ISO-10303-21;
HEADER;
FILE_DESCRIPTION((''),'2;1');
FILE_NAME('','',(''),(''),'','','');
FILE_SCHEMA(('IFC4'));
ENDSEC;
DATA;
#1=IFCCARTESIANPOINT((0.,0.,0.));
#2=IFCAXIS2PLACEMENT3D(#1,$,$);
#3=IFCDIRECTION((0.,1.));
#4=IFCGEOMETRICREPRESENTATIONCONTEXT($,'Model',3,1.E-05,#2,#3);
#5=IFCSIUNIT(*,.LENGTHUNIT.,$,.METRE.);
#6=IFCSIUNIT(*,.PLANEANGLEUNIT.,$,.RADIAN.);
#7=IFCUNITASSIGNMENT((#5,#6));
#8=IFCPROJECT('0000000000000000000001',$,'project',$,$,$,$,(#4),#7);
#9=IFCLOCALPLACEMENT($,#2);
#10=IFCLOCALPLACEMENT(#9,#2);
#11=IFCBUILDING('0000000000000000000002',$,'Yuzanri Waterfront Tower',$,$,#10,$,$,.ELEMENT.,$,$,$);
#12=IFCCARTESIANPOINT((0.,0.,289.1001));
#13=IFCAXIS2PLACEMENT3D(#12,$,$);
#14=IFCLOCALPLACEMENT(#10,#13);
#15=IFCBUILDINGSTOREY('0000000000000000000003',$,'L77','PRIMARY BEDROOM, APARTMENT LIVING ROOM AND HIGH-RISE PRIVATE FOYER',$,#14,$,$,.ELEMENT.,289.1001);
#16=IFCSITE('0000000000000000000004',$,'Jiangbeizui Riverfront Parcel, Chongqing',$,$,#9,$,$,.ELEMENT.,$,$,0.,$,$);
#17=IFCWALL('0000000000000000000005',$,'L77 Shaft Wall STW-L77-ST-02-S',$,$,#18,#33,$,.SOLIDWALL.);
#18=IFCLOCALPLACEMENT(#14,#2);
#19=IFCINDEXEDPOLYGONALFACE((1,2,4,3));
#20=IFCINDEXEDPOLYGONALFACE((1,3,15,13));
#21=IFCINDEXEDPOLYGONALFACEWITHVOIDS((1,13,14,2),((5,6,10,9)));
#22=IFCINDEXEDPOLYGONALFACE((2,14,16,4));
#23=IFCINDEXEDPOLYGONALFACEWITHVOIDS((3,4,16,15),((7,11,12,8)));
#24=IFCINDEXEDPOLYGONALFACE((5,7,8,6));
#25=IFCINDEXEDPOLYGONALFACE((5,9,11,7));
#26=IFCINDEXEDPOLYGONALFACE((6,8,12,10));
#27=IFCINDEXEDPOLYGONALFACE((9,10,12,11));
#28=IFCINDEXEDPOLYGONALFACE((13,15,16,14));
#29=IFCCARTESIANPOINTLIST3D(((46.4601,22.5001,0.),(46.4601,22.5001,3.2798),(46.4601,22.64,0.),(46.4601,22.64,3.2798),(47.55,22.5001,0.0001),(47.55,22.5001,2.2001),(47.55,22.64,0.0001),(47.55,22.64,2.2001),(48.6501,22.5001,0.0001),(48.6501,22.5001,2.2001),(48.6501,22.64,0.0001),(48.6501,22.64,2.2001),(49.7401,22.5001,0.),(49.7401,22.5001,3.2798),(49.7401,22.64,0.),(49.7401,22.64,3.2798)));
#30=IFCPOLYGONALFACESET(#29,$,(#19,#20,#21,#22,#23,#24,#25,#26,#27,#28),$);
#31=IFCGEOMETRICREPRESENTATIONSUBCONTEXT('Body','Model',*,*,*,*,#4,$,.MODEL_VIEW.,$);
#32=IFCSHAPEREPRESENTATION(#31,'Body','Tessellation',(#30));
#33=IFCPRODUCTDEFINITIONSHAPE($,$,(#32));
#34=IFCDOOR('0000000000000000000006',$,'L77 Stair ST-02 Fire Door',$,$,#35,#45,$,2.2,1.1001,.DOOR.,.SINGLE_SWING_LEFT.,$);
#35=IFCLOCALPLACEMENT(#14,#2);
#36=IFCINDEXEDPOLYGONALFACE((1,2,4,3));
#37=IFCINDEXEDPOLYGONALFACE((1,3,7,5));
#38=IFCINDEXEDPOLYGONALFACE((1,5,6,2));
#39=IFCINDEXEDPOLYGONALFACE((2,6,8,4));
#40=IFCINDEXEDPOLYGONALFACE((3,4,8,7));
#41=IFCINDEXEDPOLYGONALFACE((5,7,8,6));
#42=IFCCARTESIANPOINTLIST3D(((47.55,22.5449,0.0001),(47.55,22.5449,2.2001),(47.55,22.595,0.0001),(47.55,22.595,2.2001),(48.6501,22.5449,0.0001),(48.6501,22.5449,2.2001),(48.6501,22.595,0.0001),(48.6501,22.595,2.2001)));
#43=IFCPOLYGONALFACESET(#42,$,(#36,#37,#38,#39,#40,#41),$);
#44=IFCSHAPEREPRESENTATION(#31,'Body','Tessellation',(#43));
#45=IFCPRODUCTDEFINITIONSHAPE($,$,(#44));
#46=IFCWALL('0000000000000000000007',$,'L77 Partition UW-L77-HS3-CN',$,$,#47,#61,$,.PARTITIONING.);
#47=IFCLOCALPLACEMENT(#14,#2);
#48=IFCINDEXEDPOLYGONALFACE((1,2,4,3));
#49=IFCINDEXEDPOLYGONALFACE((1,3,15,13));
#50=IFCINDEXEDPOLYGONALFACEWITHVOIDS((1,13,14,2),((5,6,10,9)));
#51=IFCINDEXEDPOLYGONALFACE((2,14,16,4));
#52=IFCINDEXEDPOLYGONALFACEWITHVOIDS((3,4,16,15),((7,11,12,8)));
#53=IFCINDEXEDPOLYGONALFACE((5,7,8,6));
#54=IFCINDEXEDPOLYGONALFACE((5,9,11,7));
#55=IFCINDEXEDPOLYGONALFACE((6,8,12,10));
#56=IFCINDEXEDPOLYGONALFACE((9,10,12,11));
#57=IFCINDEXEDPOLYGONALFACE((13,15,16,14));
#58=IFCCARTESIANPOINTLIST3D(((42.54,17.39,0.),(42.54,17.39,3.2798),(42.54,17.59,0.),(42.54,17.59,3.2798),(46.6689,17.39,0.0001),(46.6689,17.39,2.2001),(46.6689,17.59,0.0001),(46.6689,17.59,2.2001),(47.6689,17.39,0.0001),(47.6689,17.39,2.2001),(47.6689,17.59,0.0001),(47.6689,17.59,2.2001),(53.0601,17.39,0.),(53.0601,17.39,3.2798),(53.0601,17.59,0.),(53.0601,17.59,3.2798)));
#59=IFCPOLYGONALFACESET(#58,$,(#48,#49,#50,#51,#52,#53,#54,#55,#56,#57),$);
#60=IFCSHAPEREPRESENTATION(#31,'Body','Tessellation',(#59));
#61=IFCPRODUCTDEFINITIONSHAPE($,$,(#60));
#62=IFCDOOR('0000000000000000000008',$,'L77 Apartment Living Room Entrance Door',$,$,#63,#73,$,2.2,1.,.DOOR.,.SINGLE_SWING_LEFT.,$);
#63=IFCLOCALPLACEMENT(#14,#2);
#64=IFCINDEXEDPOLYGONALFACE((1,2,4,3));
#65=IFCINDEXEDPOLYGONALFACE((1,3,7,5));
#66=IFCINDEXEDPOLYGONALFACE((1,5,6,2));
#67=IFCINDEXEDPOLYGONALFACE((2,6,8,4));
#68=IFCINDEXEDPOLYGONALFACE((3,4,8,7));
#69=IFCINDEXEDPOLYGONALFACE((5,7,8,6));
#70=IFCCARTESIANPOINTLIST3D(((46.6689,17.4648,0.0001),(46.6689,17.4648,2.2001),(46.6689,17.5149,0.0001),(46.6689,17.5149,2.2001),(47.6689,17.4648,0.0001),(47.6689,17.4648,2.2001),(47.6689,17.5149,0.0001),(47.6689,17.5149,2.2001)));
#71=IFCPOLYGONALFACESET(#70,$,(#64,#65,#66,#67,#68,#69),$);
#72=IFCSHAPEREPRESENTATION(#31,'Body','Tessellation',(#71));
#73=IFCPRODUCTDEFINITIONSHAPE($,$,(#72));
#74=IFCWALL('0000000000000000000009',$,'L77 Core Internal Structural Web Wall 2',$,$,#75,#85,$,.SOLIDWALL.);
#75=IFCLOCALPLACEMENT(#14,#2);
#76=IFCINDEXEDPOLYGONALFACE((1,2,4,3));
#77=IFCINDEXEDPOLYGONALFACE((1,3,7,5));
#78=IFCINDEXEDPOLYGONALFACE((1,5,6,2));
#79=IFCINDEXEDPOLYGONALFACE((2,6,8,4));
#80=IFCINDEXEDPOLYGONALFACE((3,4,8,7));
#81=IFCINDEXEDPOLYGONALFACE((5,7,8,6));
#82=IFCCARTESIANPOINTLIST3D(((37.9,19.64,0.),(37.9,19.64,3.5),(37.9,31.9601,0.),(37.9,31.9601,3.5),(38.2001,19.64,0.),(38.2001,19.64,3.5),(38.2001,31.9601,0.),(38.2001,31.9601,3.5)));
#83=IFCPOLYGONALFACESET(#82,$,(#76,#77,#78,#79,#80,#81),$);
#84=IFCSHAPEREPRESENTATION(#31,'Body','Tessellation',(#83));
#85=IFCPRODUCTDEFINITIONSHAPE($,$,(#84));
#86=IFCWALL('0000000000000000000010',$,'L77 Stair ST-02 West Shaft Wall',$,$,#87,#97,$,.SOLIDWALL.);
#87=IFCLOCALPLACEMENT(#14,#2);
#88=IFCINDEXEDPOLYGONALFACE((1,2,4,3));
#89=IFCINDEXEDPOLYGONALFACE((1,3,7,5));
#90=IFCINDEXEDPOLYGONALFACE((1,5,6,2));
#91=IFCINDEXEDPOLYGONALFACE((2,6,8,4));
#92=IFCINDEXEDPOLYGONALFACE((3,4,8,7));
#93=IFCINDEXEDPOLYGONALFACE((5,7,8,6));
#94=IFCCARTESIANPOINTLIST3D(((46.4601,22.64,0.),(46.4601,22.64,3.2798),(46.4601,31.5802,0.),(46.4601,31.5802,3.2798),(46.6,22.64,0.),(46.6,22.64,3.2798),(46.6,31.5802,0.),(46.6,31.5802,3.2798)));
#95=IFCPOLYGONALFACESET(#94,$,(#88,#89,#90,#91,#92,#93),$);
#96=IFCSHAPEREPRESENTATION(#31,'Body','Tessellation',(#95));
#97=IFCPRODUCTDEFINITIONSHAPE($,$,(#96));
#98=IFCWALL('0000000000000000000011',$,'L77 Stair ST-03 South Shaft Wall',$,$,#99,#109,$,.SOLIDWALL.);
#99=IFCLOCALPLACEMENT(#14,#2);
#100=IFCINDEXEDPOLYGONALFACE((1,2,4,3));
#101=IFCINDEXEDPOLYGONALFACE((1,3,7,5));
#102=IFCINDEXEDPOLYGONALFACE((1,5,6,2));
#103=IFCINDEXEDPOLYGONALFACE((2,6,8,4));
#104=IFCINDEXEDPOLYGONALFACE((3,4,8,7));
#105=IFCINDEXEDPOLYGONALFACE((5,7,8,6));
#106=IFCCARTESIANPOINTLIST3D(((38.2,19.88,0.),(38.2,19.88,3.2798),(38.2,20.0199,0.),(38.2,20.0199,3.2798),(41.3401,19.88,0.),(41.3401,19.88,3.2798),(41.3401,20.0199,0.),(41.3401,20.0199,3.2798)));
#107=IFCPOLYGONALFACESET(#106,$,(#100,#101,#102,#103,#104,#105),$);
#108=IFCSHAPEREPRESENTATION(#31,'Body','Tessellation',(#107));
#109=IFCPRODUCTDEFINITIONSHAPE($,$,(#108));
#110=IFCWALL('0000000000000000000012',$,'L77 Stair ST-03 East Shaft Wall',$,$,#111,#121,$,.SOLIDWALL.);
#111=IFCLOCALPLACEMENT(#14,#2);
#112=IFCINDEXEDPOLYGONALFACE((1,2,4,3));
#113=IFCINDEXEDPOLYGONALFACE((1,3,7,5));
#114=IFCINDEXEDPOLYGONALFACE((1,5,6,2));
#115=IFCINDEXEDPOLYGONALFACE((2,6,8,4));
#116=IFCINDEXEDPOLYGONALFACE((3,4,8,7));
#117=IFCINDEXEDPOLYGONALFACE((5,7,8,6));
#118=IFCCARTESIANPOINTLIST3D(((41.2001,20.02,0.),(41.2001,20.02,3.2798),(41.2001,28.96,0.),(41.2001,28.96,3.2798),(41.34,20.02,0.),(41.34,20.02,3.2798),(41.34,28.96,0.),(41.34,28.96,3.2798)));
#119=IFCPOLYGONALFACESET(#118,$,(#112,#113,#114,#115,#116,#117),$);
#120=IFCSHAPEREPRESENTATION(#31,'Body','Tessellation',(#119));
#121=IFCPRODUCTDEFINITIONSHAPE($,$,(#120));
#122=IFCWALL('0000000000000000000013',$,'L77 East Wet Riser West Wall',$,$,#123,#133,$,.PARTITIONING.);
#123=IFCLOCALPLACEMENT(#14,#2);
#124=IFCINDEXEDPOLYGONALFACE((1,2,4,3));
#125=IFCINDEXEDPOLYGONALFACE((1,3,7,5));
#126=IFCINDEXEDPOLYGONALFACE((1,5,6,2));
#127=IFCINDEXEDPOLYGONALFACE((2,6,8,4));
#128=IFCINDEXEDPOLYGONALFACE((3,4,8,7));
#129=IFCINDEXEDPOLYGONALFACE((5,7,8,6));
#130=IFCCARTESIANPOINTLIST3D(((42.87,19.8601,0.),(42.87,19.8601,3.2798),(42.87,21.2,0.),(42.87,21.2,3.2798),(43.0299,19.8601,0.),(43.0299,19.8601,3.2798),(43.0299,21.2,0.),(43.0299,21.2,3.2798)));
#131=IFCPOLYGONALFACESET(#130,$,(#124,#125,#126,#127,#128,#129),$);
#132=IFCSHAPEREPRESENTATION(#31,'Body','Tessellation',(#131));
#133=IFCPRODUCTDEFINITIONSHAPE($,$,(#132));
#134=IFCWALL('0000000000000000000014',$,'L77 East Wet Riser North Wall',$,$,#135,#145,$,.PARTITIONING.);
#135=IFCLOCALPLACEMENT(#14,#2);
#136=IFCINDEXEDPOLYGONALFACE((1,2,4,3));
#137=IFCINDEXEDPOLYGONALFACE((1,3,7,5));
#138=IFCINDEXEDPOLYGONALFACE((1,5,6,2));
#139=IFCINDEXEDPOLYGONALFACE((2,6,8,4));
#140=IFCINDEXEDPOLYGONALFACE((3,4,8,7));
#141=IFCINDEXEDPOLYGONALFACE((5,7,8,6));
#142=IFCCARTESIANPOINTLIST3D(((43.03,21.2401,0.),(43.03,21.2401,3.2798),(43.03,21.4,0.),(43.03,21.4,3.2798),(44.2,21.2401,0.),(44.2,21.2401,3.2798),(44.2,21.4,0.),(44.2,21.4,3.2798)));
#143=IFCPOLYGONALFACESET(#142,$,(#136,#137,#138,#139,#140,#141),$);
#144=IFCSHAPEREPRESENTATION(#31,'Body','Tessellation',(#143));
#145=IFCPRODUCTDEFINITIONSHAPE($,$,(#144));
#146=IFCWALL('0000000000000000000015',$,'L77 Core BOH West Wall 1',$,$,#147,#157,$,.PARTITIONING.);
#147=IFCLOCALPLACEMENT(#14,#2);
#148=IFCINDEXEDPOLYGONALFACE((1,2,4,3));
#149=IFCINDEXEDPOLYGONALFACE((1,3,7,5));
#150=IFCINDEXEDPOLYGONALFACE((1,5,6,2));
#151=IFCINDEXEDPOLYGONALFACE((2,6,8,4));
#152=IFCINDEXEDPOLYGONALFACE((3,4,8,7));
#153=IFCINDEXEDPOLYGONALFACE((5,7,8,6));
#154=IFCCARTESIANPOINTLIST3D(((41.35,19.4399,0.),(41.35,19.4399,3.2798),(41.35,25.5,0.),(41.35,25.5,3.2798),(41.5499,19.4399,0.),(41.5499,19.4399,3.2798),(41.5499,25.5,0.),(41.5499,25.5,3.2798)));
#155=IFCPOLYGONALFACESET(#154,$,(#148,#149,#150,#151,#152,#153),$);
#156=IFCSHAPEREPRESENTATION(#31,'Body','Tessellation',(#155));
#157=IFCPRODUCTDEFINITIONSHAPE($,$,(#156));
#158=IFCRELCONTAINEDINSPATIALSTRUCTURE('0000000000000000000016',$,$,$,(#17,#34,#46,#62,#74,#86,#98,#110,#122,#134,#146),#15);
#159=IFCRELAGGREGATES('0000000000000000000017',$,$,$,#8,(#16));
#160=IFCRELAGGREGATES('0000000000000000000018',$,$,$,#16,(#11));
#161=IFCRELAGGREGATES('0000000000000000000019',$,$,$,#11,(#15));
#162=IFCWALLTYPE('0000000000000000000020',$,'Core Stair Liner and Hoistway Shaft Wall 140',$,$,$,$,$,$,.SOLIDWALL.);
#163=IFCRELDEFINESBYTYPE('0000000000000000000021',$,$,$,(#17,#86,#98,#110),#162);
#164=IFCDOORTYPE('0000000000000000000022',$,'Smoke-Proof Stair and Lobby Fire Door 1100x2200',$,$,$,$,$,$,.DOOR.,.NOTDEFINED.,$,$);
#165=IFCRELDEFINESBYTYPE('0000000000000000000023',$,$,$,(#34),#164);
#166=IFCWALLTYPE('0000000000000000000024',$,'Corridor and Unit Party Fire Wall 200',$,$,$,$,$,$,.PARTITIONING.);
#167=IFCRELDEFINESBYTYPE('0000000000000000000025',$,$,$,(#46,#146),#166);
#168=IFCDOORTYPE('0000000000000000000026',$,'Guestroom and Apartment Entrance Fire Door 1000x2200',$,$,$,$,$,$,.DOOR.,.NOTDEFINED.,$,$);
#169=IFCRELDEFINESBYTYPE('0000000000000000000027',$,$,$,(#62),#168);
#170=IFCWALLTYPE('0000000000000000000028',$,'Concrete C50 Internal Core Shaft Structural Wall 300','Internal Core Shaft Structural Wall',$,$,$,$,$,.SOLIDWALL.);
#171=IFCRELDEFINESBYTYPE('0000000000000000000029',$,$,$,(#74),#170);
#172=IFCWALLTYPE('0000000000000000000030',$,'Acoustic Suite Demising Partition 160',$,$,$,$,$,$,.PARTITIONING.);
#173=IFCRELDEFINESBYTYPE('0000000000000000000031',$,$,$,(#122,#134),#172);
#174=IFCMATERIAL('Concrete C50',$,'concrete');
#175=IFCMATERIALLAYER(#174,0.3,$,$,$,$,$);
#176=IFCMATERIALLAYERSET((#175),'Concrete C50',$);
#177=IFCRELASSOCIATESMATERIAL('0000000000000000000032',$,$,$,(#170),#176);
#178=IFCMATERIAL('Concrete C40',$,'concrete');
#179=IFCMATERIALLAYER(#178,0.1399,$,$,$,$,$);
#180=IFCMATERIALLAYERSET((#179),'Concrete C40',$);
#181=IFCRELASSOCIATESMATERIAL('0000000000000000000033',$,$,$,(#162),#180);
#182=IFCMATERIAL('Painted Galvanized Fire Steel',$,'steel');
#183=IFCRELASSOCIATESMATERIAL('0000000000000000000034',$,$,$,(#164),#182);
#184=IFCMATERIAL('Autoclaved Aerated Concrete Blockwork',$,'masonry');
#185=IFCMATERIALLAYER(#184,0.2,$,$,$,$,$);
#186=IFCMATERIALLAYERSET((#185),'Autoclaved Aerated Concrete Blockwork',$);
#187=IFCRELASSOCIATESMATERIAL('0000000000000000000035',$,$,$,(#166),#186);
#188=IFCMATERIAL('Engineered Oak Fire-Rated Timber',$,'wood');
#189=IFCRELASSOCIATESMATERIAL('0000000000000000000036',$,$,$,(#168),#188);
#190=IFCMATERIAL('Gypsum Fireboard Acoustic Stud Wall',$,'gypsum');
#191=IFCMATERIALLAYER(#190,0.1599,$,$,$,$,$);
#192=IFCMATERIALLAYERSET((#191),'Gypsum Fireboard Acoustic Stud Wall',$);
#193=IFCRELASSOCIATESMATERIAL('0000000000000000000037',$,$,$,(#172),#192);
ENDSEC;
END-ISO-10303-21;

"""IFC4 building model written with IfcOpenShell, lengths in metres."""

from ifc_helpers import new_model, si_unit, direction, frame, frame_2d, origin, place, context, subcontext, project, spatial, rectangle, extrude, source, transform, mapped, material, layer, layer_set, type_object, element, fill, save


model = new_model("IFC4")

# Units and contexts
model_context = context("Model", 3, precision=1e-05, world=origin(), true_north=direction((0.0, 1.0)))
body_context = subcontext(model_context, "Body", "Model", "MODEL_VIEW")
ifc_project = project(units=[si_unit("LENGTHUNIT", "METRE"), si_unit("PLANEANGLEUNIT", "RADIAN")], contexts=[model_context])

# Site, building, storey
site_placement = place(None, origin())
site = spatial("IfcSite", under=ifc_project, at=site_placement, Name="Jiangbeizui Riverfront Parcel, Chongqing", CompositionType="ELEMENT", RefElevation=0.0)
building_placement = place(site_placement, origin())
building = spatial("IfcBuilding", under=site, at=building_placement, Name="Yuzanri Waterfront Tower", CompositionType="ELEMENT")
storey_placement = place(building_placement, frame((0.0, 0.0, 289.1001)))
storey = spatial("IfcBuildingStorey", under=building, at=storey_placement, Name="L77", Description="PRIMARY BEDROOM, APARTMENT LIVING ROOM AND HIGH-RISE PRIVATE FOYER", CompositionType="ELEMENT", Elevation=289.1001)

# Shared definitions
ifc_material_1 = material(Name="Concrete C50", Category="concrete")
ifc_layer_1 = layer(ifc_material_1, 0.3)
ifc_layer_set_1 = layer_set([ifc_layer_1], Name="Concrete C50")
wall_type_1 = type_object("IfcWallType", Name="Concrete C50 Internal Core Shaft Structural Wall 300", Description="Internal Core Shaft Structural Wall", PredefinedType="SOLIDWALL", material=ifc_layer_set_1)

# Walls, openings, doors
ifc_material_2 = material(Name="Concrete C40", Category="concrete")
ifc_layer_2 = layer(ifc_material_2, 0.1399)
ifc_layer_set_2 = layer_set([ifc_layer_2], Name="Concrete C40")
wall_type_2 = type_object("IfcWallType", Name="Core Stair Liner and Hoistway Shaft Wall 140", PredefinedType="SOLIDWALL", material=ifc_layer_set_2)
wall_1_placement = place(storey_placement, frame((46.46, 22.5701, 0.0), z_axis=(0.0, 0.0, 1.0), x_axis=(1.0, 0.0, 0.0)))
wall_1 = element("IfcWall", 1, at=wall_1_placement, inside=storey, type_object=wall_type_2, Name="L77 Shaft Wall STW-L77-ST-02-S", PredefinedType="SOLIDWALL", context=body_context, shape_type="SweptSolid", body=[
    extrude(rectangle(XDim=3.28, YDim=0.1399, at=frame_2d((1.6401, 0.0))), origin(), (0.0, 0.0, 1.0), 3.2798),
])
opening_1_placement = place(wall_1_placement, frame((1.0901, 0.0, 0.0)))
opening_1 = element("IfcOpeningElement", 2, at=opening_1_placement, cuts=wall_1, PredefinedType="OPENING", context=body_context, shape_type="SweptSolid", body=[
    extrude(rectangle(XDim=1.1001, YDim=2.2, at=frame_2d((0.55, 1.1001))), frame((0.0, 0.085, 0.0), z_axis=(0.0, -1.0, 0.0), x_axis=(1.0, 0.0, 0.0)), (0.0, 0.0, 1.0), 0.1697),
])
ifc_material_3 = material(Name="Painted Galvanized Fire Steel", Category="steel")
door_type_1 = type_object("IfcDoorType", Name="Smoke-Proof Stair and Lobby Fire Door 1100x2200", OperationType="NOTDEFINED", PredefinedType="DOOR", material=ifc_material_3)
shared_shape_1 = source(origin(), body_context, "Body", "SweptSolid", [
    extrude(rectangle(XDim=1.1001, YDim=2.2, at=frame_2d((0.55, 1.1001))), frame((0.0, 0.0249, 0.0), z_axis=(0.0, -1.0, 0.0), x_axis=(1.0, 0.0, 0.0)), (0.0, 0.0, 1.0), 0.05),
])
door_1_placement = place(opening_1_placement, origin())
door_1 = element("IfcDoor", 3, at=door_1_placement, inside=storey, type_object=door_type_1, Name="L77 Stair ST-02 Fire Door", OperationType="SINGLE_SWING_LEFT", OverallHeight=2.2, OverallWidth=1.1001, PredefinedType="DOOR", context=body_context, shape_type="MappedRepresentation", body=[
    mapped(shared_shape_1, transform((0.0, 0.0, 0.0), scale=1.0)),
])
fill(opening_1, door_1)
ifc_material_4 = material(Name="Autoclaved Aerated Concrete Blockwork", Category="masonry")
ifc_layer_3 = layer(ifc_material_4, 0.2)
ifc_layer_set_3 = layer_set([ifc_layer_3], Name="Autoclaved Aerated Concrete Blockwork")
wall_type_3 = type_object("IfcWallType", Name="Corridor and Unit Party Fire Wall 200", PredefinedType="PARTITIONING", material=ifc_layer_set_3)
wall_2_placement = place(storey_placement, frame((42.54, 17.49, 0.0), z_axis=(0.0, 0.0, 1.0), x_axis=(1.0, 0.0, 0.0)))
wall_2 = element("IfcWall", 4, at=wall_2_placement, inside=storey, type_object=wall_type_3, Name="L77 Partition UW-L77-HS3-CN", PredefinedType="PARTITIONING", context=body_context, shape_type="SweptSolid", body=[
    extrude(rectangle(XDim=10.52, YDim=0.2, at=frame_2d((5.26, 0.0))), origin(), (0.0, 0.0, 1.0), 3.2798),
])
opening_2_placement = place(wall_2_placement, frame((4.1289, 0.0, 0.0)))
opening_2 = element("IfcOpeningElement", 5, at=opening_2_placement, cuts=wall_2, PredefinedType="OPENING", context=body_context, shape_type="SweptSolid", body=[
    extrude(rectangle(XDim=1.0, YDim=2.2, at=frame_2d((0.5, 1.1001))), frame((0.0, 0.1147, 0.0), z_axis=(0.0, -1.0, 0.0), x_axis=(1.0, 0.0, 0.0)), (0.0, 0.0, 1.0), 0.2297),
])
ifc_material_5 = material(Name="Engineered Oak Fire-Rated Timber", Category="wood")
door_type_2 = type_object("IfcDoorType", Name="Guestroom and Apartment Entrance Fire Door 1000x2200", OperationType="NOTDEFINED", PredefinedType="DOOR", material=ifc_material_5)
shared_shape_2 = source(origin(), body_context, "Body", "SweptSolid", [
    extrude(rectangle(XDim=1.0, YDim=2.2, at=frame_2d((0.5, 1.1001))), frame((0.0, 0.0249, 0.0), z_axis=(0.0, -1.0, 0.0), x_axis=(1.0, 0.0, 0.0)), (0.0, 0.0, 1.0), 0.05),
])
door_2_placement = place(opening_2_placement, origin())
door_2 = element("IfcDoor", 6, at=door_2_placement, inside=storey, type_object=door_type_2, Name="L77 Apartment Living Room Entrance Door", OperationType="SINGLE_SWING_LEFT", OverallHeight=2.2, OverallWidth=1.0, PredefinedType="DOOR", context=body_context, shape_type="MappedRepresentation", body=[
    mapped(shared_shape_2, transform((0.0, 0.0, 0.0), scale=1.0)),
])
fill(opening_2, door_2)

# Walls
shared_shape_3 = source(origin(), body_context, "Body", "SweptSolid", [
    extrude(rectangle(XDim=12.3201, YDim=0.3, at=frame_2d((6.1602, 0.0))), origin(), (0.0, 0.0, 1.0), 3.5),
])
wall_3_placement = place(storey_placement, frame((38.05, 19.6399, 0.0), z_axis=(0.0, 0.0, 1.0), x_axis=(0.0, 1.0, 0.0)))
element("IfcWall", 7, at=wall_3_placement, inside=storey, type_object=wall_type_1, Name="L77 Core Internal Structural Web Wall 2", PredefinedType="SOLIDWALL", context=body_context, shape_type="MappedRepresentation", body=[
    mapped(shared_shape_3, transform((0.0, 0.0, 0.0), scale=1.0)),
])
shared_shape_4 = source(origin(), body_context, "Body", "SweptSolid", [
    extrude(rectangle(XDim=8.9402, YDim=0.1399, at=frame_2d((4.4702, 0.0))), origin(), (0.0, 0.0, 1.0), 3.2798),
])
wall_4_placement = place(storey_placement, frame((46.53, 22.6399, 0.0), z_axis=(0.0, 0.0, 1.0), x_axis=(0.0, 1.0, 0.0)))
element("IfcWall", 8, at=wall_4_placement, inside=storey, type_object=wall_type_2, Name="L77 Stair ST-02 West Shaft Wall", PredefinedType="SOLIDWALL", context=body_context, shape_type="MappedRepresentation", body=[
    mapped(shared_shape_4, transform((0.0, 0.0, 0.0), scale=1.0)),
])
shared_shape_5 = source(origin(), body_context, "Body", "SweptSolid", [
    extrude(rectangle(XDim=3.1401, YDim=0.1399, at=frame_2d((1.5701, 0.0))), origin(), (0.0, 0.0, 1.0), 3.2798),
])
wall_5_placement = place(storey_placement, frame((38.2, 19.95, 0.0), z_axis=(0.0, 0.0, 1.0), x_axis=(1.0, 0.0, 0.0)))
element("IfcWall", 9, at=wall_5_placement, inside=storey, type_object=wall_type_2, Name="L77 Stair ST-03 South Shaft Wall", PredefinedType="SOLIDWALL", context=body_context, shape_type="MappedRepresentation", body=[
    mapped(shared_shape_5, transform((0.0, 0.0, 0.0), scale=1.0)),
])
shared_shape_6 = source(origin(), body_context, "Body", "SweptSolid", [
    extrude(rectangle(XDim=8.9399, YDim=0.1399, at=frame_2d((4.47, 0.0))), origin(), (0.0, 0.0, 1.0), 3.2798),
])
wall_6_placement = place(storey_placement, frame((41.27, 20.02, 0.0), z_axis=(0.0, 0.0, 1.0), x_axis=(0.0, 1.0, 0.0)))
element("IfcWall", 10, at=wall_6_placement, inside=storey, type_object=wall_type_2, Name="L77 Stair ST-03 East Shaft Wall", PredefinedType="SOLIDWALL", context=body_context, shape_type="MappedRepresentation", body=[
    mapped(shared_shape_6, transform((0.0, 0.0, 0.0), scale=1.0)),
])
ifc_material_6 = material(Name="Gypsum Fireboard Acoustic Stud Wall", Category="gypsum")
ifc_layer_4 = layer(ifc_material_6, 0.1599)
ifc_layer_set_4 = layer_set([ifc_layer_4], Name="Gypsum Fireboard Acoustic Stud Wall")
wall_type_4 = type_object("IfcWallType", Name="Acoustic Suite Demising Partition 160", PredefinedType="PARTITIONING", material=ifc_layer_set_4)
shared_shape_7 = source(origin(), body_context, "Body", "SweptSolid", [
    extrude(rectangle(XDim=1.3398, YDim=0.1599, at=frame_2d((0.6699, 0.0))), origin(), (0.0, 0.0, 1.0), 3.2798),
])
wall_7_placement = place(storey_placement, frame((42.95, 19.8601, 0.0), z_axis=(0.0, 0.0, 1.0), x_axis=(0.0, 1.0, 0.0)))
element("IfcWall", 11, at=wall_7_placement, inside=storey, type_object=wall_type_4, Name="L77 East Wet Riser West Wall", PredefinedType="PARTITIONING", context=body_context, shape_type="MappedRepresentation", body=[
    mapped(shared_shape_7, transform((0.0, 0.0, 0.0), scale=1.0)),
])
shared_shape_8 = source(origin(), body_context, "Body", "SweptSolid", [
    extrude(rectangle(XDim=1.1699, YDim=0.1599, at=frame_2d((0.585, 0.0))), origin(), (0.0, 0.0, 1.0), 3.2798),
])
wall_8_placement = place(storey_placement, frame((43.03, 21.3201, 0.0), z_axis=(0.0, 0.0, 1.0), x_axis=(1.0, 0.0, 0.0)))
element("IfcWall", 12, at=wall_8_placement, inside=storey, type_object=wall_type_4, Name="L77 East Wet Riser North Wall", PredefinedType="PARTITIONING", context=body_context, shape_type="MappedRepresentation", body=[
    mapped(shared_shape_8, transform((0.0, 0.0, 0.0), scale=1.0)),
])
shared_shape_9 = source(origin(), body_context, "Body", "SweptSolid", [
    extrude(rectangle(XDim=6.0601, YDim=0.2, at=frame_2d((3.03, 0.0))), origin(), (0.0, 0.0, 1.0), 3.2798),
])
wall_9_placement = place(storey_placement, frame((41.45, 19.4399, 0.0), z_axis=(0.0, 0.0, 1.0), x_axis=(0.0, 1.0, 0.0)))
element("IfcWall", 13, at=wall_9_placement, inside=storey, type_object=wall_type_3, Name="L77 Core BOH West Wall 1", PredefinedType="PARTITIONING", context=body_context, shape_type="MappedRepresentation", body=[
    mapped(shared_shape_9, transform((0.0, 0.0, 0.0), scale=1.0)),
])

save(model, "model.ifc")
